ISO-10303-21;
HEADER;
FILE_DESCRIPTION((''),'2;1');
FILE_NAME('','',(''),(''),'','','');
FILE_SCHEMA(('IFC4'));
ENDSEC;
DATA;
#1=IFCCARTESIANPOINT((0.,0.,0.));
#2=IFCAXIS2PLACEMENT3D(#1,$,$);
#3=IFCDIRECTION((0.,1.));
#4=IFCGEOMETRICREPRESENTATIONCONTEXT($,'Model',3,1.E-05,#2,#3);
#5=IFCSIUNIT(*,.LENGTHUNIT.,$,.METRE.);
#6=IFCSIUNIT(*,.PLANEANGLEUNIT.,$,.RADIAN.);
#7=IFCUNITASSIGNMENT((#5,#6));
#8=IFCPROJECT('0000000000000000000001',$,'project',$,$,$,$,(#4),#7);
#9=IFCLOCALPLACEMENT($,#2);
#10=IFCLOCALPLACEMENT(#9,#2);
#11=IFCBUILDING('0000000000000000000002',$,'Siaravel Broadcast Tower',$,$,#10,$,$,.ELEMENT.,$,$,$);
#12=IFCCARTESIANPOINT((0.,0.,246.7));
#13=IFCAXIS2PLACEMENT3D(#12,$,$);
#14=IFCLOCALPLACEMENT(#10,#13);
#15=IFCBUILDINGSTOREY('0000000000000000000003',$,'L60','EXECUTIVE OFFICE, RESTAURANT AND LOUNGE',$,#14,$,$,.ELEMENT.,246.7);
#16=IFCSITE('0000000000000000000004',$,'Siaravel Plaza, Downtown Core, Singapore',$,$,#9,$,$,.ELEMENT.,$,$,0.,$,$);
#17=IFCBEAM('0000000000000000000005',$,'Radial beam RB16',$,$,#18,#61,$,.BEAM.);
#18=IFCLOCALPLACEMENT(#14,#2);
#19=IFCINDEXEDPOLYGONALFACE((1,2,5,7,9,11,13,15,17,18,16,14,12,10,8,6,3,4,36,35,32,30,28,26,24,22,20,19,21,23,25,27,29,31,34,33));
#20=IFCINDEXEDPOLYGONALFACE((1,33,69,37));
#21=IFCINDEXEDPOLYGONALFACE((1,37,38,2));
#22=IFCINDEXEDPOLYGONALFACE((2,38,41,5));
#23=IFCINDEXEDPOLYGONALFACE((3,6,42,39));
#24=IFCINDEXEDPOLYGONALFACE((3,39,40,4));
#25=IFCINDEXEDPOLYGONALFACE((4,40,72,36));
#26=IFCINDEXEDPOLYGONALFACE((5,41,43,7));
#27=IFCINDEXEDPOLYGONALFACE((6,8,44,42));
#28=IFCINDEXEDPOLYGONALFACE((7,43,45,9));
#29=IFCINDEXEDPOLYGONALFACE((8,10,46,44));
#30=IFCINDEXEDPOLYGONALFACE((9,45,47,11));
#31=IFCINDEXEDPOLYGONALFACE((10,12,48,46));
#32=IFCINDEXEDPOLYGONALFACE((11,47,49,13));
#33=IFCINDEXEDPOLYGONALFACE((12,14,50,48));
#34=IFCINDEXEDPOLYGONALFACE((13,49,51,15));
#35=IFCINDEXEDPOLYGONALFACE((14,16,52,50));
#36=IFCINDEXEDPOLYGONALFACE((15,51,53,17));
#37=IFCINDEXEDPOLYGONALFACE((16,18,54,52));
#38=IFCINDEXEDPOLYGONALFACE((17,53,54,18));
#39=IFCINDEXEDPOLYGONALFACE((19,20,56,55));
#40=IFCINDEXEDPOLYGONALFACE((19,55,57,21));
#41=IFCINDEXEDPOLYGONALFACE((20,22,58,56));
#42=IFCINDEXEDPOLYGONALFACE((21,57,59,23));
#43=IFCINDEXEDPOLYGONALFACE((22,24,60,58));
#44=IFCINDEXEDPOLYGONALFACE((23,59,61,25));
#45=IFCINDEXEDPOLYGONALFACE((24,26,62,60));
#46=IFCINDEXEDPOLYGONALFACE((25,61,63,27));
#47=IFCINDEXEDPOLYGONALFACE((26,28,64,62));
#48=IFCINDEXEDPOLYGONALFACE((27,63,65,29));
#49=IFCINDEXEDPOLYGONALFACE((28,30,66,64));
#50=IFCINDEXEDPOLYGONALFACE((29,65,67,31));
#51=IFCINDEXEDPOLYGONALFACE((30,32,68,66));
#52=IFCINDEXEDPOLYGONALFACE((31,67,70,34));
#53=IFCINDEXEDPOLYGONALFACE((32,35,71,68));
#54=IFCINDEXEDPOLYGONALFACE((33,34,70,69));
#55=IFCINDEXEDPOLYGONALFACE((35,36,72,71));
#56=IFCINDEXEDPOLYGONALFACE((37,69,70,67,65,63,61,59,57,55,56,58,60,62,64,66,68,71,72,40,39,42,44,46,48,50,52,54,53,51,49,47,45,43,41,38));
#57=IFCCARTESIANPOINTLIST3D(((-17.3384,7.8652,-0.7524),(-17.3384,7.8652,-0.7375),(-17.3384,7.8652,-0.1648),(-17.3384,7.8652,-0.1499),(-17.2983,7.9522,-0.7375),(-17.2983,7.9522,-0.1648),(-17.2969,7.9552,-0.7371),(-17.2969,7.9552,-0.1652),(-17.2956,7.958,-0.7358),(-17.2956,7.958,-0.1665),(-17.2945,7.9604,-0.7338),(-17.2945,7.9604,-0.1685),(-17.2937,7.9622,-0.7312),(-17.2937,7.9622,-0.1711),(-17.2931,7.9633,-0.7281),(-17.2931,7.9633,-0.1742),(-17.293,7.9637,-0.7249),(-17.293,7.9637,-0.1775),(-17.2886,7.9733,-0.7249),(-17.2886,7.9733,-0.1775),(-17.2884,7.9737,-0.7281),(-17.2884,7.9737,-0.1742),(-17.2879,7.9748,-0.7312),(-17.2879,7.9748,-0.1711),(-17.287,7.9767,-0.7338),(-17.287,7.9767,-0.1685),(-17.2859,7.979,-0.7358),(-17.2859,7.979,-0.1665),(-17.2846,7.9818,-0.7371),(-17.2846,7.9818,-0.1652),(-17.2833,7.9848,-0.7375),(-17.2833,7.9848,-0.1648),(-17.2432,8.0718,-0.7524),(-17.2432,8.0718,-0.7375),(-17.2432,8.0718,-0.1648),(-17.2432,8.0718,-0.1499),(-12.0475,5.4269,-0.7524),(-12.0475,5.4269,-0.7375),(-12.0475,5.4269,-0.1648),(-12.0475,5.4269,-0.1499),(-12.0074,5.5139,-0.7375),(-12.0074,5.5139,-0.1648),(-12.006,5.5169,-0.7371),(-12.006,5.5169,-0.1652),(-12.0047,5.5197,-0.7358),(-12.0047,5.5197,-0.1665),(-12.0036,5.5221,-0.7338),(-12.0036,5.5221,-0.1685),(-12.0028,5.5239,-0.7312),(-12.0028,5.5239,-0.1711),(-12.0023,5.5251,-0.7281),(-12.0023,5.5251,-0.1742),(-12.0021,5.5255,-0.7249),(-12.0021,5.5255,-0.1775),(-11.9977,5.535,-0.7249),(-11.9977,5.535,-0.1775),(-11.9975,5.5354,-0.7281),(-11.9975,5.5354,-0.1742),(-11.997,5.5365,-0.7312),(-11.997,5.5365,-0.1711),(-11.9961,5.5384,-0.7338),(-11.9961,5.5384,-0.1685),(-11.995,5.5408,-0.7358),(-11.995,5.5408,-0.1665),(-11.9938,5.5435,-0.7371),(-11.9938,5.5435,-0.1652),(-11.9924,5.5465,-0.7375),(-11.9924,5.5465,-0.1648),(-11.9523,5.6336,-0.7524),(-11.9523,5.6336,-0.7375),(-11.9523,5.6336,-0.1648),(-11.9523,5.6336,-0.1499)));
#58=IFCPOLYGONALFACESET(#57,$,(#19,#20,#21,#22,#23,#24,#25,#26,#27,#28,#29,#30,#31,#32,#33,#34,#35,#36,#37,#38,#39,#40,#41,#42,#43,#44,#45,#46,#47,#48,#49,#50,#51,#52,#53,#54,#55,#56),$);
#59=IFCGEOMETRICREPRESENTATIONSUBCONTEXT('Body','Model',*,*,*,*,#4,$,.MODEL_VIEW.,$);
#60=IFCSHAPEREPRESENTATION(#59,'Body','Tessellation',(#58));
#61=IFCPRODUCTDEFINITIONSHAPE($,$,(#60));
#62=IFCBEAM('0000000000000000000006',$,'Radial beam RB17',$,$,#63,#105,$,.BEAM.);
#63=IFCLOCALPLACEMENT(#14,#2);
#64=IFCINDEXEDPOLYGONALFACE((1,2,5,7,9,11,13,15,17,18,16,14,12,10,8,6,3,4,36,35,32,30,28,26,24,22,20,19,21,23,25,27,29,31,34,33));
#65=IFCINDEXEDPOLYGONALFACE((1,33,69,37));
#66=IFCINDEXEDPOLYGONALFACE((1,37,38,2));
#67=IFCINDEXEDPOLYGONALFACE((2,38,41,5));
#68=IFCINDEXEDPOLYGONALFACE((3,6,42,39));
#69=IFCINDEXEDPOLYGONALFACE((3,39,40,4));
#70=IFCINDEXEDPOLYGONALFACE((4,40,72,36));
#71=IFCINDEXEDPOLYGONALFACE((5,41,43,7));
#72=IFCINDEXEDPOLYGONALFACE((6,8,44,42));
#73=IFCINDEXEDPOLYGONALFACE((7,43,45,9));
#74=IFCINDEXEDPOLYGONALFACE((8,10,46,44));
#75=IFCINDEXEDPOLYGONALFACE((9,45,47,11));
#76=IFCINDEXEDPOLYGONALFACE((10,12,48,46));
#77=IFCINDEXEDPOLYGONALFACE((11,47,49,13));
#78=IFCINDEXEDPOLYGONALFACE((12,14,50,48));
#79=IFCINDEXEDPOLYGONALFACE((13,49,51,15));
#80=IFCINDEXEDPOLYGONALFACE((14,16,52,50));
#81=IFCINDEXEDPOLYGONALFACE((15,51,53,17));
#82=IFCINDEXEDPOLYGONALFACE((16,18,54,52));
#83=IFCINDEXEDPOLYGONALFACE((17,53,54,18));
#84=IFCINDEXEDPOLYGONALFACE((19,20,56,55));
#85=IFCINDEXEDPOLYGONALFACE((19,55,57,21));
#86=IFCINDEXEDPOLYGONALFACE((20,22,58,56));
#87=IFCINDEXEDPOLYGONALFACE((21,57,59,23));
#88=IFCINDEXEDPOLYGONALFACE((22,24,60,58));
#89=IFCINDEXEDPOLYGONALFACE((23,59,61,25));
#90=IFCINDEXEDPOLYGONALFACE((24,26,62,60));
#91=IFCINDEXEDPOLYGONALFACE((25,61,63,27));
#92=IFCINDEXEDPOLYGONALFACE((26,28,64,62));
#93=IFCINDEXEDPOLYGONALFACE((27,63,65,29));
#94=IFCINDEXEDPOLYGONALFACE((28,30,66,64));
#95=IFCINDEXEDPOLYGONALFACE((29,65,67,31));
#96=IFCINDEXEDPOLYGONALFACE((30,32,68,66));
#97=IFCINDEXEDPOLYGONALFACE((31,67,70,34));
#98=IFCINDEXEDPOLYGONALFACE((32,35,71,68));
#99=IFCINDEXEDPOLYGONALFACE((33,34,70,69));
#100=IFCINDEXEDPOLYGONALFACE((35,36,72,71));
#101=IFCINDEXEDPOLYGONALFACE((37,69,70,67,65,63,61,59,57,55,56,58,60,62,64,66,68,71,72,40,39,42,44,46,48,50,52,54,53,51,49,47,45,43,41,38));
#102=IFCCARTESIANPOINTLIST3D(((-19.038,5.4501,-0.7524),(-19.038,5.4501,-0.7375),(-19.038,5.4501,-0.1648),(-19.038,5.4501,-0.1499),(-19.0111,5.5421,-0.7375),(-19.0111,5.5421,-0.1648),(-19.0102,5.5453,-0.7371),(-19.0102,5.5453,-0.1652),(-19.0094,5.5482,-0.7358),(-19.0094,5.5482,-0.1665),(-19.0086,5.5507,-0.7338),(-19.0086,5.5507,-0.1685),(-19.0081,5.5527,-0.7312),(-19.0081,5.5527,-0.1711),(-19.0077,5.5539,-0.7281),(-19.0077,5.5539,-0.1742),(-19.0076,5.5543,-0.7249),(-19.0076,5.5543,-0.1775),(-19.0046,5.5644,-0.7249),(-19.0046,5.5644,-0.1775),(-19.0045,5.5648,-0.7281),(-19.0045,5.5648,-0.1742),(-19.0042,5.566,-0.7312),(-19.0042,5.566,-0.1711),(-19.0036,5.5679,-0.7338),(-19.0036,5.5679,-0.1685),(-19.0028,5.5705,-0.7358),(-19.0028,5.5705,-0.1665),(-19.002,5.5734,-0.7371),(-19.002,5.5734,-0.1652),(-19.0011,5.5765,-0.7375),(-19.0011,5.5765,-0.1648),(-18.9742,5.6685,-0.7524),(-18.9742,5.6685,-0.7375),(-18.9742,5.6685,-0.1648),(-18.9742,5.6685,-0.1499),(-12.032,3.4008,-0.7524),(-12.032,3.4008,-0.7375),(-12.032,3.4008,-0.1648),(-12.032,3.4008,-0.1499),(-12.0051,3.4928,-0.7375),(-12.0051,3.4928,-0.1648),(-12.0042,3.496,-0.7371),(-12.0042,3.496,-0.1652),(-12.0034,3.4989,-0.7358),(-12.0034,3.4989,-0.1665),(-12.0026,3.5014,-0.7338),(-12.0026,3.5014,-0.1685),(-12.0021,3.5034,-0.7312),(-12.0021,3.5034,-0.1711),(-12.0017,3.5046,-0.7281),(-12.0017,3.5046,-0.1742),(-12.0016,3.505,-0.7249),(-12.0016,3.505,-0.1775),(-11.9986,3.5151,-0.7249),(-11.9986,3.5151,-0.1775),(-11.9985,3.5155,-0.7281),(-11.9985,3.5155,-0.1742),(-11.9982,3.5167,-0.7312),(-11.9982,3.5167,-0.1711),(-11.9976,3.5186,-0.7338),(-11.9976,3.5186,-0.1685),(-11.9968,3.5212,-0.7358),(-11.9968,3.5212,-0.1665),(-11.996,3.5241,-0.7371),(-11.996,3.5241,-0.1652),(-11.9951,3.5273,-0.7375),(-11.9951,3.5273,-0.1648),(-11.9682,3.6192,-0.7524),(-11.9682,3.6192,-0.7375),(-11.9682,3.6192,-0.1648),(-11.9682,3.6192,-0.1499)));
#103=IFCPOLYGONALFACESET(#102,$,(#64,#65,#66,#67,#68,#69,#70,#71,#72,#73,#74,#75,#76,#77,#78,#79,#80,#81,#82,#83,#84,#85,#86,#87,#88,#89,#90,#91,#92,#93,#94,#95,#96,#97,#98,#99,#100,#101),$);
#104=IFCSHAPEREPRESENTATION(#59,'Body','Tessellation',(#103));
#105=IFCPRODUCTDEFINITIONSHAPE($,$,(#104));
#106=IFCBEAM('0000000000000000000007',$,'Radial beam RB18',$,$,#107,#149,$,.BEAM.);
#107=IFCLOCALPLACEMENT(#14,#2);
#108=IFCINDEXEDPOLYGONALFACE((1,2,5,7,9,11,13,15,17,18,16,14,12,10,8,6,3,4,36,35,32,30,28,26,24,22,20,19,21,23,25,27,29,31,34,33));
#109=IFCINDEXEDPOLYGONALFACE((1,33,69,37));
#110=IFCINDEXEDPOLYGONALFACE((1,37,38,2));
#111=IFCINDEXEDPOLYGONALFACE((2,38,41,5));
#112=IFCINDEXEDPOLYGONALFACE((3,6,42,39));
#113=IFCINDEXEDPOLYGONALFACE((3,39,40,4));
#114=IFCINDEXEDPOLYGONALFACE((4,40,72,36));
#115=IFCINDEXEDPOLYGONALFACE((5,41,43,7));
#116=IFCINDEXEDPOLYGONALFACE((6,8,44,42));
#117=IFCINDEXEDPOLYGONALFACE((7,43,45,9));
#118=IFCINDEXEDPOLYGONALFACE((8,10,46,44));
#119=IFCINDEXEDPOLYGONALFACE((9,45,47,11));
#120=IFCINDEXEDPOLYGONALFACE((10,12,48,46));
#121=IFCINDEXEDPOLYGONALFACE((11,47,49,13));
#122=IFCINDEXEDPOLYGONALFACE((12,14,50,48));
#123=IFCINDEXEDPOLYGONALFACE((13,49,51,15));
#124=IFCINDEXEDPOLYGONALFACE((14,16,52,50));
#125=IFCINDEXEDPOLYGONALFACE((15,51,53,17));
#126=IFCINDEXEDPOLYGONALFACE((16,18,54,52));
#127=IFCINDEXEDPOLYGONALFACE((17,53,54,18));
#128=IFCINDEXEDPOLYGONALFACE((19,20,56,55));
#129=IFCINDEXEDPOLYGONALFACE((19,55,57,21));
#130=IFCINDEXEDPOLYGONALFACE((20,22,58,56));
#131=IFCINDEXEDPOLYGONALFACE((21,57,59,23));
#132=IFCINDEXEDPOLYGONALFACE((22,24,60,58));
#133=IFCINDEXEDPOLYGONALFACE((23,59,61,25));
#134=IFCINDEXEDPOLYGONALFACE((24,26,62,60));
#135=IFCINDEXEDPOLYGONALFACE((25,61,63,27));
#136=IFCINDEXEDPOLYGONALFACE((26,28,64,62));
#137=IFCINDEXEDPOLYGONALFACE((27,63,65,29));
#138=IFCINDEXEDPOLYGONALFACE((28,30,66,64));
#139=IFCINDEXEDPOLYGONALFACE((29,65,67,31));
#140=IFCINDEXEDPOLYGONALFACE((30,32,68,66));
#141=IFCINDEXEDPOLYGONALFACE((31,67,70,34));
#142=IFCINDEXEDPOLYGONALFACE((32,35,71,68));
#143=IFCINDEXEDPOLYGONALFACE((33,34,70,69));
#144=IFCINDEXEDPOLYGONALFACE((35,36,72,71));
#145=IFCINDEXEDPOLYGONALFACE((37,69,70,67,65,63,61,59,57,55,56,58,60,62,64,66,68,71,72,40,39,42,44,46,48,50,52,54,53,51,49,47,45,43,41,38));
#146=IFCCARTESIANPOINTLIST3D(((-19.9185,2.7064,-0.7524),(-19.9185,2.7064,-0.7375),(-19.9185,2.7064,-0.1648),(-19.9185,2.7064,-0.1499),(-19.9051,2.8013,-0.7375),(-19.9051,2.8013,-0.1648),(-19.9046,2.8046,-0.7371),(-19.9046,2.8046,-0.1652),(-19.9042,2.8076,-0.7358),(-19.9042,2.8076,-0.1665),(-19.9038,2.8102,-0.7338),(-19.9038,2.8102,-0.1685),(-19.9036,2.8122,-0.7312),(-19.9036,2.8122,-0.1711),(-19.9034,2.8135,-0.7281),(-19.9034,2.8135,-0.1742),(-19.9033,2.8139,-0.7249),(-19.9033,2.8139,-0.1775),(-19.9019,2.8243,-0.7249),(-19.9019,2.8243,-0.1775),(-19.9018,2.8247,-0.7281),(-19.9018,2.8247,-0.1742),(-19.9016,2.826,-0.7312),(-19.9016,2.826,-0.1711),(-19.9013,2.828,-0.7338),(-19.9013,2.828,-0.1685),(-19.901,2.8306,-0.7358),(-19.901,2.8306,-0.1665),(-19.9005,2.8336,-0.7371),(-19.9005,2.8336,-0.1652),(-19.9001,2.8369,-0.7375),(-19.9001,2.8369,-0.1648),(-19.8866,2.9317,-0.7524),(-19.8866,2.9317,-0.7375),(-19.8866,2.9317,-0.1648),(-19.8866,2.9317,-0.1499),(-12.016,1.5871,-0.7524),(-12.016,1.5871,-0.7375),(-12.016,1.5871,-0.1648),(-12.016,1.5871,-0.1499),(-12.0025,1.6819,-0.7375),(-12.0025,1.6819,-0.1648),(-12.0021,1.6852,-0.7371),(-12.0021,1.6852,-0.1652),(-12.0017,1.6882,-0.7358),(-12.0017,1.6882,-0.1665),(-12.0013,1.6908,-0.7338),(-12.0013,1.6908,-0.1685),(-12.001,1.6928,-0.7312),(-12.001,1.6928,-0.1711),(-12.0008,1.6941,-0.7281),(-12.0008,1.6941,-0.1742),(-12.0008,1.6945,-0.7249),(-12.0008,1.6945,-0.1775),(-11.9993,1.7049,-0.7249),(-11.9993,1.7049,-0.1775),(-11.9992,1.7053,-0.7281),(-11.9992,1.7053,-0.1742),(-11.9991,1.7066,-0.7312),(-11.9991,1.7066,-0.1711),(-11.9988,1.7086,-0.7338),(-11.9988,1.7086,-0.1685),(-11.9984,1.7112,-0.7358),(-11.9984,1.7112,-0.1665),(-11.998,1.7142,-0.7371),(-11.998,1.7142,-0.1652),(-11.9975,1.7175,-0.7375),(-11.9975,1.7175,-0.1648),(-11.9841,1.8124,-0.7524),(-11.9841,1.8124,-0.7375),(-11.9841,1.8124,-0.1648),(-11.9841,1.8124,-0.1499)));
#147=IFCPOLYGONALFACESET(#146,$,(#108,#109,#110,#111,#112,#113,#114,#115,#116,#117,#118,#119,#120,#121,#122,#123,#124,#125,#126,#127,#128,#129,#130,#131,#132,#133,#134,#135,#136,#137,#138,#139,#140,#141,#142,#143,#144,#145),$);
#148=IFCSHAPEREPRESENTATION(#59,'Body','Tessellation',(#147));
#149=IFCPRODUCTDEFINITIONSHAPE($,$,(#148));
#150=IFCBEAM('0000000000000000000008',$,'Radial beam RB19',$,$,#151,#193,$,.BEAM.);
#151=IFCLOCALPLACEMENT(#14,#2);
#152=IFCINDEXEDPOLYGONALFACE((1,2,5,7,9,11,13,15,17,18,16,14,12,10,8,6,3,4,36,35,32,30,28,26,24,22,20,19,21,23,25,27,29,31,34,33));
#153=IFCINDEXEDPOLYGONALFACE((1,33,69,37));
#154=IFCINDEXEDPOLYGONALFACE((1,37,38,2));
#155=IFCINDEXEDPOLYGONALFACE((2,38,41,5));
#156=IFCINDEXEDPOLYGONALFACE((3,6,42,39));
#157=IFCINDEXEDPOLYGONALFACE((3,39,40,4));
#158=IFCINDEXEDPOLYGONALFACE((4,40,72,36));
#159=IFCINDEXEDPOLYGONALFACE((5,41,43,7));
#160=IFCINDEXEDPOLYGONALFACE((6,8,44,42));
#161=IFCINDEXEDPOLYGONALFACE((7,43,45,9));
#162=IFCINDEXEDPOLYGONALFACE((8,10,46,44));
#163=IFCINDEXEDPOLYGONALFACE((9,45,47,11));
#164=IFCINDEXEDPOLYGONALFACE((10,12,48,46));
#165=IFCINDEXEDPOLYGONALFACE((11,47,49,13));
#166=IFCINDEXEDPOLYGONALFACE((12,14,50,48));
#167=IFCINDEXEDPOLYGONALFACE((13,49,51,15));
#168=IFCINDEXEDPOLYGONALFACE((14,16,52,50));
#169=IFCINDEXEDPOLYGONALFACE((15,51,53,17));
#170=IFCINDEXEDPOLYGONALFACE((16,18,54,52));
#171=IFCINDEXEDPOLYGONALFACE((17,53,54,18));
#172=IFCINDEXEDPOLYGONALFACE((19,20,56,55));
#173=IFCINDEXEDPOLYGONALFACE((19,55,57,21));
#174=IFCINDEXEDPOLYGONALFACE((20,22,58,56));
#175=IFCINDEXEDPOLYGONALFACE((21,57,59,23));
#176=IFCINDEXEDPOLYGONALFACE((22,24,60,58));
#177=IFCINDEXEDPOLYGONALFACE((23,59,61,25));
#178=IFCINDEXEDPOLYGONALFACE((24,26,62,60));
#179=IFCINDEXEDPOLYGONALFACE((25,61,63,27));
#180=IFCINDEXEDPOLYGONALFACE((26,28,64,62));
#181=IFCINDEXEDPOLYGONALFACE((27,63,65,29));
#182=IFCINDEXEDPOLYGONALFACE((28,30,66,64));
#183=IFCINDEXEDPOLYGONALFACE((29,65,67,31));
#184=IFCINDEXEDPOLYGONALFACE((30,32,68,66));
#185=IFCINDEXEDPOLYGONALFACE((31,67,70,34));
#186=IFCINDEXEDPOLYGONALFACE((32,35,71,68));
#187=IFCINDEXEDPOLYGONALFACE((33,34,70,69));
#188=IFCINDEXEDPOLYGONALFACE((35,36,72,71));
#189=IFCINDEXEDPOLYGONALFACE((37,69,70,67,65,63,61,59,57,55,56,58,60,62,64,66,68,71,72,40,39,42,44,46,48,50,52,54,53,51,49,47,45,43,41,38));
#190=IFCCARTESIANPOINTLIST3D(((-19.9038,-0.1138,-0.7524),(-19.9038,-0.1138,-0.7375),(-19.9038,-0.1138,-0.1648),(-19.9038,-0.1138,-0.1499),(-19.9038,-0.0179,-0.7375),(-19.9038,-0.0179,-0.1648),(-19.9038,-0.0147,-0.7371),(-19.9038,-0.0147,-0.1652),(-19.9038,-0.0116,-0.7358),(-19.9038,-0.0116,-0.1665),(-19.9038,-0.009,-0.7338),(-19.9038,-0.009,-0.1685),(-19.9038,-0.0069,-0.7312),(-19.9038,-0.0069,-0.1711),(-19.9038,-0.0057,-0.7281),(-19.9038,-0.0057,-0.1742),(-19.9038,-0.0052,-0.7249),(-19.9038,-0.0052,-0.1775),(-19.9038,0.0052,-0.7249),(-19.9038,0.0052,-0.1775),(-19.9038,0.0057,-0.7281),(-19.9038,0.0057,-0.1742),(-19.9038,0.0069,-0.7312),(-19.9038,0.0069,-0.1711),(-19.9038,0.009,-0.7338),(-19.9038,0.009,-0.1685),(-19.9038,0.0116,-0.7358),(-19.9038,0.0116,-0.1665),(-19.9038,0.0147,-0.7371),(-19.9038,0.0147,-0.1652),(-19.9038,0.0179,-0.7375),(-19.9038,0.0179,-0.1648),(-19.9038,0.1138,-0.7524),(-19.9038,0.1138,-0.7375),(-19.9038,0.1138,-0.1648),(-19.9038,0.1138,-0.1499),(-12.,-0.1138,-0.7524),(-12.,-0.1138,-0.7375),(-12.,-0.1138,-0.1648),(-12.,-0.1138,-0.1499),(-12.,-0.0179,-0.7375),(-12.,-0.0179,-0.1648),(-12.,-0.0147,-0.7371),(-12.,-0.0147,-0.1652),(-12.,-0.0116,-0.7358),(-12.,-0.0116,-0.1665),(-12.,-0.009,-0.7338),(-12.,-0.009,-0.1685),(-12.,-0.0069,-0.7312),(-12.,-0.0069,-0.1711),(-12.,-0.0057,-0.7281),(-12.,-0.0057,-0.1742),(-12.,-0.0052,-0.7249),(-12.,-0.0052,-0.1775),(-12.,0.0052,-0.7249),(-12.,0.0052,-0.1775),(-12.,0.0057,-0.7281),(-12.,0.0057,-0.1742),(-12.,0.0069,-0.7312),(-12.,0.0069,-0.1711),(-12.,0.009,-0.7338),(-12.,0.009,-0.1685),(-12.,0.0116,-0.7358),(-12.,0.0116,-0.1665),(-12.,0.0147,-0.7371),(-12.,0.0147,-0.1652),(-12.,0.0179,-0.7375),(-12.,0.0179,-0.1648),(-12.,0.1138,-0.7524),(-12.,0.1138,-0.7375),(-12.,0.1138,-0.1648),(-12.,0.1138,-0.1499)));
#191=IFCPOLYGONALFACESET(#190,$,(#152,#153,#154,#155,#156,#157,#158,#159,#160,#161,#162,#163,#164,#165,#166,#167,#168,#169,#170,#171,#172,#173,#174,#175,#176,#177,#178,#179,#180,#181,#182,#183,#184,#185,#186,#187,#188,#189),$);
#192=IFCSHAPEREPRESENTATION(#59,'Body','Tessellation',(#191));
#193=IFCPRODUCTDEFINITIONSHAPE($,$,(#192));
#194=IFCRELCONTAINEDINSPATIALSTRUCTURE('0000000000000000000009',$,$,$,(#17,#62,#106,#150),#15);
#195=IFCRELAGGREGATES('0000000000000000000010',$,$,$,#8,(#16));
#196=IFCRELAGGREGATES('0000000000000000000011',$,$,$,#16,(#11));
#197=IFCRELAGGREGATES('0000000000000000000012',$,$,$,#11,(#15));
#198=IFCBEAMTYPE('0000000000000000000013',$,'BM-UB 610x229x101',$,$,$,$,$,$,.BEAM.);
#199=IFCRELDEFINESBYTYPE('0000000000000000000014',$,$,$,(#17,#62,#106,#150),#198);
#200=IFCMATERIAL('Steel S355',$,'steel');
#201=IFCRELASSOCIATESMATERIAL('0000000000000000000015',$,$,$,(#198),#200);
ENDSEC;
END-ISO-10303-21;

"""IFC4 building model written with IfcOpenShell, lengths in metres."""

from ifc_helpers import new_model, si_unit, direction, frame, origin, origin_2d, place, context, subcontext, project, spatial, i_section, extrude, material, material_profile, profile_set, type_object, element, save


model = new_model("IFC4")

# Units and contexts
model_context = context("Model", 3, precision=1e-05, world=origin(), true_north=direction((0.0, 1.0)))
body_context = subcontext(model_context, "Body", "Model", "MODEL_VIEW")
ifc_project = project(units=[si_unit("LENGTHUNIT", "METRE"), si_unit("PLANEANGLEUNIT", "RADIAN")], contexts=[model_context])

# Site, building, storey
site_placement = place(None, origin())
site = spatial("IfcSite", under=ifc_project, at=site_placement, Name="Siaravel Plaza, Downtown Core, Singapore", CompositionType="ELEMENT", RefElevation=0.0)
building_placement = place(site_placement, origin())
building = spatial("IfcBuilding", under=site, at=building_placement, Name="Siaravel Broadcast Tower", CompositionType="ELEMENT")
storey_placement = place(building_placement, frame((0.0, 0.0, 246.7)))
storey = spatial("IfcBuildingStorey", under=building, at=storey_placement, Name="L60", Description="EXECUTIVE OFFICE, RESTAURANT AND LOUNGE", CompositionType="ELEMENT", Elevation=246.7)

# Beams
ifc_material_1 = material(Name="Steel S355", Category="steel")
ifc_material_profile_1 = material_profile(ifc_material_1, i_section(OverallWidth=0.2275, OverallDepth=0.6025, WebThickness=0.0105, FlangeThickness=0.0149, FilletRadius=0.0127, at=origin_2d()))
ifc_profile_set_1 = profile_set([ifc_material_profile_1], Name="Steel S355")
beam_type = type_object("IfcBeamType", Name="BM-UB 610x229x101", PredefinedType="BEAM", material=ifc_profile_set_1)
beam_1_placement = place(storey_placement, frame((-17.2908, 7.9685, -0.4512), z_axis=(0.908198, -0.41854, 0.0), x_axis=(0.41854, 0.908198, 0.0)))
element("IfcBeam", 1, at=beam_1_placement, inside=storey, type_object=beam_type, Name="Radial beam RB16", PredefinedType="BEAM", context=body_context, shape_type="SweptSolid", body=[
    extrude(i_section(OverallWidth=0.2275, OverallDepth=0.6025, WebThickness=0.0105, FlangeThickness=0.0149, FilletRadius=0.0127, at=origin_2d()), origin(), (0.0, 0.0, 1.0), 5.8257),
])
beam_2_placement = place(storey_placement, frame((-19.0061, 5.5593, -0.4512), z_axis=(0.959784, -0.280741, 0.0), x_axis=(0.280741, 0.959784, 0.0)))
element("IfcBeam", 2, at=beam_2_placement, inside=storey, type_object=beam_type, Name="Radial beam RB17", PredefinedType="BEAM", context=body_context, shape_type="SweptSolid", body=[
    extrude(i_section(OverallWidth=0.2275, OverallDepth=0.6025, WebThickness=0.0105, FlangeThickness=0.0149, FilletRadius=0.0127, at=origin_2d()), origin(), (0.0, 0.0, 1.0), 7.2996),
])
beam_3_placement = place(storey_placement, frame((-19.9026, 2.8191, -0.4512), z_axis=(0.990116, -0.140248, 0.0), x_axis=(0.140248, 0.990116, 0.0)))
element("IfcBeam", 3, at=beam_3_placement, inside=storey, type_object=beam_type, Name="Radial beam RB18", PredefinedType="BEAM", context=body_context, shape_type="SweptSolid", body=[
    extrude(i_section(OverallWidth=0.2275, OverallDepth=0.6025, WebThickness=0.0105, FlangeThickness=0.0149, FilletRadius=0.0127, at=origin_2d()), origin(), (0.0, 0.0, 1.0), 7.9814),
])
beam_4_placement = place(storey_placement, frame((-19.9038, 0.0, -0.4512), z_axis=(1.0, 0.0, 0.0), x_axis=(0.0, 1.0, 0.0)))
element("IfcBeam", 4, at=beam_4_placement, inside=storey, type_object=beam_type, Name="Radial beam RB19", PredefinedType="BEAM", context=body_context, shape_type="SweptSolid", body=[
    extrude(i_section(OverallWidth=0.2275, OverallDepth=0.6025, WebThickness=0.0105, FlangeThickness=0.0149, FilletRadius=0.0127, at=origin_2d()), origin(), (0.0, 0.0, 1.0), 7.9038),
])

save(model, "model.ifc")
